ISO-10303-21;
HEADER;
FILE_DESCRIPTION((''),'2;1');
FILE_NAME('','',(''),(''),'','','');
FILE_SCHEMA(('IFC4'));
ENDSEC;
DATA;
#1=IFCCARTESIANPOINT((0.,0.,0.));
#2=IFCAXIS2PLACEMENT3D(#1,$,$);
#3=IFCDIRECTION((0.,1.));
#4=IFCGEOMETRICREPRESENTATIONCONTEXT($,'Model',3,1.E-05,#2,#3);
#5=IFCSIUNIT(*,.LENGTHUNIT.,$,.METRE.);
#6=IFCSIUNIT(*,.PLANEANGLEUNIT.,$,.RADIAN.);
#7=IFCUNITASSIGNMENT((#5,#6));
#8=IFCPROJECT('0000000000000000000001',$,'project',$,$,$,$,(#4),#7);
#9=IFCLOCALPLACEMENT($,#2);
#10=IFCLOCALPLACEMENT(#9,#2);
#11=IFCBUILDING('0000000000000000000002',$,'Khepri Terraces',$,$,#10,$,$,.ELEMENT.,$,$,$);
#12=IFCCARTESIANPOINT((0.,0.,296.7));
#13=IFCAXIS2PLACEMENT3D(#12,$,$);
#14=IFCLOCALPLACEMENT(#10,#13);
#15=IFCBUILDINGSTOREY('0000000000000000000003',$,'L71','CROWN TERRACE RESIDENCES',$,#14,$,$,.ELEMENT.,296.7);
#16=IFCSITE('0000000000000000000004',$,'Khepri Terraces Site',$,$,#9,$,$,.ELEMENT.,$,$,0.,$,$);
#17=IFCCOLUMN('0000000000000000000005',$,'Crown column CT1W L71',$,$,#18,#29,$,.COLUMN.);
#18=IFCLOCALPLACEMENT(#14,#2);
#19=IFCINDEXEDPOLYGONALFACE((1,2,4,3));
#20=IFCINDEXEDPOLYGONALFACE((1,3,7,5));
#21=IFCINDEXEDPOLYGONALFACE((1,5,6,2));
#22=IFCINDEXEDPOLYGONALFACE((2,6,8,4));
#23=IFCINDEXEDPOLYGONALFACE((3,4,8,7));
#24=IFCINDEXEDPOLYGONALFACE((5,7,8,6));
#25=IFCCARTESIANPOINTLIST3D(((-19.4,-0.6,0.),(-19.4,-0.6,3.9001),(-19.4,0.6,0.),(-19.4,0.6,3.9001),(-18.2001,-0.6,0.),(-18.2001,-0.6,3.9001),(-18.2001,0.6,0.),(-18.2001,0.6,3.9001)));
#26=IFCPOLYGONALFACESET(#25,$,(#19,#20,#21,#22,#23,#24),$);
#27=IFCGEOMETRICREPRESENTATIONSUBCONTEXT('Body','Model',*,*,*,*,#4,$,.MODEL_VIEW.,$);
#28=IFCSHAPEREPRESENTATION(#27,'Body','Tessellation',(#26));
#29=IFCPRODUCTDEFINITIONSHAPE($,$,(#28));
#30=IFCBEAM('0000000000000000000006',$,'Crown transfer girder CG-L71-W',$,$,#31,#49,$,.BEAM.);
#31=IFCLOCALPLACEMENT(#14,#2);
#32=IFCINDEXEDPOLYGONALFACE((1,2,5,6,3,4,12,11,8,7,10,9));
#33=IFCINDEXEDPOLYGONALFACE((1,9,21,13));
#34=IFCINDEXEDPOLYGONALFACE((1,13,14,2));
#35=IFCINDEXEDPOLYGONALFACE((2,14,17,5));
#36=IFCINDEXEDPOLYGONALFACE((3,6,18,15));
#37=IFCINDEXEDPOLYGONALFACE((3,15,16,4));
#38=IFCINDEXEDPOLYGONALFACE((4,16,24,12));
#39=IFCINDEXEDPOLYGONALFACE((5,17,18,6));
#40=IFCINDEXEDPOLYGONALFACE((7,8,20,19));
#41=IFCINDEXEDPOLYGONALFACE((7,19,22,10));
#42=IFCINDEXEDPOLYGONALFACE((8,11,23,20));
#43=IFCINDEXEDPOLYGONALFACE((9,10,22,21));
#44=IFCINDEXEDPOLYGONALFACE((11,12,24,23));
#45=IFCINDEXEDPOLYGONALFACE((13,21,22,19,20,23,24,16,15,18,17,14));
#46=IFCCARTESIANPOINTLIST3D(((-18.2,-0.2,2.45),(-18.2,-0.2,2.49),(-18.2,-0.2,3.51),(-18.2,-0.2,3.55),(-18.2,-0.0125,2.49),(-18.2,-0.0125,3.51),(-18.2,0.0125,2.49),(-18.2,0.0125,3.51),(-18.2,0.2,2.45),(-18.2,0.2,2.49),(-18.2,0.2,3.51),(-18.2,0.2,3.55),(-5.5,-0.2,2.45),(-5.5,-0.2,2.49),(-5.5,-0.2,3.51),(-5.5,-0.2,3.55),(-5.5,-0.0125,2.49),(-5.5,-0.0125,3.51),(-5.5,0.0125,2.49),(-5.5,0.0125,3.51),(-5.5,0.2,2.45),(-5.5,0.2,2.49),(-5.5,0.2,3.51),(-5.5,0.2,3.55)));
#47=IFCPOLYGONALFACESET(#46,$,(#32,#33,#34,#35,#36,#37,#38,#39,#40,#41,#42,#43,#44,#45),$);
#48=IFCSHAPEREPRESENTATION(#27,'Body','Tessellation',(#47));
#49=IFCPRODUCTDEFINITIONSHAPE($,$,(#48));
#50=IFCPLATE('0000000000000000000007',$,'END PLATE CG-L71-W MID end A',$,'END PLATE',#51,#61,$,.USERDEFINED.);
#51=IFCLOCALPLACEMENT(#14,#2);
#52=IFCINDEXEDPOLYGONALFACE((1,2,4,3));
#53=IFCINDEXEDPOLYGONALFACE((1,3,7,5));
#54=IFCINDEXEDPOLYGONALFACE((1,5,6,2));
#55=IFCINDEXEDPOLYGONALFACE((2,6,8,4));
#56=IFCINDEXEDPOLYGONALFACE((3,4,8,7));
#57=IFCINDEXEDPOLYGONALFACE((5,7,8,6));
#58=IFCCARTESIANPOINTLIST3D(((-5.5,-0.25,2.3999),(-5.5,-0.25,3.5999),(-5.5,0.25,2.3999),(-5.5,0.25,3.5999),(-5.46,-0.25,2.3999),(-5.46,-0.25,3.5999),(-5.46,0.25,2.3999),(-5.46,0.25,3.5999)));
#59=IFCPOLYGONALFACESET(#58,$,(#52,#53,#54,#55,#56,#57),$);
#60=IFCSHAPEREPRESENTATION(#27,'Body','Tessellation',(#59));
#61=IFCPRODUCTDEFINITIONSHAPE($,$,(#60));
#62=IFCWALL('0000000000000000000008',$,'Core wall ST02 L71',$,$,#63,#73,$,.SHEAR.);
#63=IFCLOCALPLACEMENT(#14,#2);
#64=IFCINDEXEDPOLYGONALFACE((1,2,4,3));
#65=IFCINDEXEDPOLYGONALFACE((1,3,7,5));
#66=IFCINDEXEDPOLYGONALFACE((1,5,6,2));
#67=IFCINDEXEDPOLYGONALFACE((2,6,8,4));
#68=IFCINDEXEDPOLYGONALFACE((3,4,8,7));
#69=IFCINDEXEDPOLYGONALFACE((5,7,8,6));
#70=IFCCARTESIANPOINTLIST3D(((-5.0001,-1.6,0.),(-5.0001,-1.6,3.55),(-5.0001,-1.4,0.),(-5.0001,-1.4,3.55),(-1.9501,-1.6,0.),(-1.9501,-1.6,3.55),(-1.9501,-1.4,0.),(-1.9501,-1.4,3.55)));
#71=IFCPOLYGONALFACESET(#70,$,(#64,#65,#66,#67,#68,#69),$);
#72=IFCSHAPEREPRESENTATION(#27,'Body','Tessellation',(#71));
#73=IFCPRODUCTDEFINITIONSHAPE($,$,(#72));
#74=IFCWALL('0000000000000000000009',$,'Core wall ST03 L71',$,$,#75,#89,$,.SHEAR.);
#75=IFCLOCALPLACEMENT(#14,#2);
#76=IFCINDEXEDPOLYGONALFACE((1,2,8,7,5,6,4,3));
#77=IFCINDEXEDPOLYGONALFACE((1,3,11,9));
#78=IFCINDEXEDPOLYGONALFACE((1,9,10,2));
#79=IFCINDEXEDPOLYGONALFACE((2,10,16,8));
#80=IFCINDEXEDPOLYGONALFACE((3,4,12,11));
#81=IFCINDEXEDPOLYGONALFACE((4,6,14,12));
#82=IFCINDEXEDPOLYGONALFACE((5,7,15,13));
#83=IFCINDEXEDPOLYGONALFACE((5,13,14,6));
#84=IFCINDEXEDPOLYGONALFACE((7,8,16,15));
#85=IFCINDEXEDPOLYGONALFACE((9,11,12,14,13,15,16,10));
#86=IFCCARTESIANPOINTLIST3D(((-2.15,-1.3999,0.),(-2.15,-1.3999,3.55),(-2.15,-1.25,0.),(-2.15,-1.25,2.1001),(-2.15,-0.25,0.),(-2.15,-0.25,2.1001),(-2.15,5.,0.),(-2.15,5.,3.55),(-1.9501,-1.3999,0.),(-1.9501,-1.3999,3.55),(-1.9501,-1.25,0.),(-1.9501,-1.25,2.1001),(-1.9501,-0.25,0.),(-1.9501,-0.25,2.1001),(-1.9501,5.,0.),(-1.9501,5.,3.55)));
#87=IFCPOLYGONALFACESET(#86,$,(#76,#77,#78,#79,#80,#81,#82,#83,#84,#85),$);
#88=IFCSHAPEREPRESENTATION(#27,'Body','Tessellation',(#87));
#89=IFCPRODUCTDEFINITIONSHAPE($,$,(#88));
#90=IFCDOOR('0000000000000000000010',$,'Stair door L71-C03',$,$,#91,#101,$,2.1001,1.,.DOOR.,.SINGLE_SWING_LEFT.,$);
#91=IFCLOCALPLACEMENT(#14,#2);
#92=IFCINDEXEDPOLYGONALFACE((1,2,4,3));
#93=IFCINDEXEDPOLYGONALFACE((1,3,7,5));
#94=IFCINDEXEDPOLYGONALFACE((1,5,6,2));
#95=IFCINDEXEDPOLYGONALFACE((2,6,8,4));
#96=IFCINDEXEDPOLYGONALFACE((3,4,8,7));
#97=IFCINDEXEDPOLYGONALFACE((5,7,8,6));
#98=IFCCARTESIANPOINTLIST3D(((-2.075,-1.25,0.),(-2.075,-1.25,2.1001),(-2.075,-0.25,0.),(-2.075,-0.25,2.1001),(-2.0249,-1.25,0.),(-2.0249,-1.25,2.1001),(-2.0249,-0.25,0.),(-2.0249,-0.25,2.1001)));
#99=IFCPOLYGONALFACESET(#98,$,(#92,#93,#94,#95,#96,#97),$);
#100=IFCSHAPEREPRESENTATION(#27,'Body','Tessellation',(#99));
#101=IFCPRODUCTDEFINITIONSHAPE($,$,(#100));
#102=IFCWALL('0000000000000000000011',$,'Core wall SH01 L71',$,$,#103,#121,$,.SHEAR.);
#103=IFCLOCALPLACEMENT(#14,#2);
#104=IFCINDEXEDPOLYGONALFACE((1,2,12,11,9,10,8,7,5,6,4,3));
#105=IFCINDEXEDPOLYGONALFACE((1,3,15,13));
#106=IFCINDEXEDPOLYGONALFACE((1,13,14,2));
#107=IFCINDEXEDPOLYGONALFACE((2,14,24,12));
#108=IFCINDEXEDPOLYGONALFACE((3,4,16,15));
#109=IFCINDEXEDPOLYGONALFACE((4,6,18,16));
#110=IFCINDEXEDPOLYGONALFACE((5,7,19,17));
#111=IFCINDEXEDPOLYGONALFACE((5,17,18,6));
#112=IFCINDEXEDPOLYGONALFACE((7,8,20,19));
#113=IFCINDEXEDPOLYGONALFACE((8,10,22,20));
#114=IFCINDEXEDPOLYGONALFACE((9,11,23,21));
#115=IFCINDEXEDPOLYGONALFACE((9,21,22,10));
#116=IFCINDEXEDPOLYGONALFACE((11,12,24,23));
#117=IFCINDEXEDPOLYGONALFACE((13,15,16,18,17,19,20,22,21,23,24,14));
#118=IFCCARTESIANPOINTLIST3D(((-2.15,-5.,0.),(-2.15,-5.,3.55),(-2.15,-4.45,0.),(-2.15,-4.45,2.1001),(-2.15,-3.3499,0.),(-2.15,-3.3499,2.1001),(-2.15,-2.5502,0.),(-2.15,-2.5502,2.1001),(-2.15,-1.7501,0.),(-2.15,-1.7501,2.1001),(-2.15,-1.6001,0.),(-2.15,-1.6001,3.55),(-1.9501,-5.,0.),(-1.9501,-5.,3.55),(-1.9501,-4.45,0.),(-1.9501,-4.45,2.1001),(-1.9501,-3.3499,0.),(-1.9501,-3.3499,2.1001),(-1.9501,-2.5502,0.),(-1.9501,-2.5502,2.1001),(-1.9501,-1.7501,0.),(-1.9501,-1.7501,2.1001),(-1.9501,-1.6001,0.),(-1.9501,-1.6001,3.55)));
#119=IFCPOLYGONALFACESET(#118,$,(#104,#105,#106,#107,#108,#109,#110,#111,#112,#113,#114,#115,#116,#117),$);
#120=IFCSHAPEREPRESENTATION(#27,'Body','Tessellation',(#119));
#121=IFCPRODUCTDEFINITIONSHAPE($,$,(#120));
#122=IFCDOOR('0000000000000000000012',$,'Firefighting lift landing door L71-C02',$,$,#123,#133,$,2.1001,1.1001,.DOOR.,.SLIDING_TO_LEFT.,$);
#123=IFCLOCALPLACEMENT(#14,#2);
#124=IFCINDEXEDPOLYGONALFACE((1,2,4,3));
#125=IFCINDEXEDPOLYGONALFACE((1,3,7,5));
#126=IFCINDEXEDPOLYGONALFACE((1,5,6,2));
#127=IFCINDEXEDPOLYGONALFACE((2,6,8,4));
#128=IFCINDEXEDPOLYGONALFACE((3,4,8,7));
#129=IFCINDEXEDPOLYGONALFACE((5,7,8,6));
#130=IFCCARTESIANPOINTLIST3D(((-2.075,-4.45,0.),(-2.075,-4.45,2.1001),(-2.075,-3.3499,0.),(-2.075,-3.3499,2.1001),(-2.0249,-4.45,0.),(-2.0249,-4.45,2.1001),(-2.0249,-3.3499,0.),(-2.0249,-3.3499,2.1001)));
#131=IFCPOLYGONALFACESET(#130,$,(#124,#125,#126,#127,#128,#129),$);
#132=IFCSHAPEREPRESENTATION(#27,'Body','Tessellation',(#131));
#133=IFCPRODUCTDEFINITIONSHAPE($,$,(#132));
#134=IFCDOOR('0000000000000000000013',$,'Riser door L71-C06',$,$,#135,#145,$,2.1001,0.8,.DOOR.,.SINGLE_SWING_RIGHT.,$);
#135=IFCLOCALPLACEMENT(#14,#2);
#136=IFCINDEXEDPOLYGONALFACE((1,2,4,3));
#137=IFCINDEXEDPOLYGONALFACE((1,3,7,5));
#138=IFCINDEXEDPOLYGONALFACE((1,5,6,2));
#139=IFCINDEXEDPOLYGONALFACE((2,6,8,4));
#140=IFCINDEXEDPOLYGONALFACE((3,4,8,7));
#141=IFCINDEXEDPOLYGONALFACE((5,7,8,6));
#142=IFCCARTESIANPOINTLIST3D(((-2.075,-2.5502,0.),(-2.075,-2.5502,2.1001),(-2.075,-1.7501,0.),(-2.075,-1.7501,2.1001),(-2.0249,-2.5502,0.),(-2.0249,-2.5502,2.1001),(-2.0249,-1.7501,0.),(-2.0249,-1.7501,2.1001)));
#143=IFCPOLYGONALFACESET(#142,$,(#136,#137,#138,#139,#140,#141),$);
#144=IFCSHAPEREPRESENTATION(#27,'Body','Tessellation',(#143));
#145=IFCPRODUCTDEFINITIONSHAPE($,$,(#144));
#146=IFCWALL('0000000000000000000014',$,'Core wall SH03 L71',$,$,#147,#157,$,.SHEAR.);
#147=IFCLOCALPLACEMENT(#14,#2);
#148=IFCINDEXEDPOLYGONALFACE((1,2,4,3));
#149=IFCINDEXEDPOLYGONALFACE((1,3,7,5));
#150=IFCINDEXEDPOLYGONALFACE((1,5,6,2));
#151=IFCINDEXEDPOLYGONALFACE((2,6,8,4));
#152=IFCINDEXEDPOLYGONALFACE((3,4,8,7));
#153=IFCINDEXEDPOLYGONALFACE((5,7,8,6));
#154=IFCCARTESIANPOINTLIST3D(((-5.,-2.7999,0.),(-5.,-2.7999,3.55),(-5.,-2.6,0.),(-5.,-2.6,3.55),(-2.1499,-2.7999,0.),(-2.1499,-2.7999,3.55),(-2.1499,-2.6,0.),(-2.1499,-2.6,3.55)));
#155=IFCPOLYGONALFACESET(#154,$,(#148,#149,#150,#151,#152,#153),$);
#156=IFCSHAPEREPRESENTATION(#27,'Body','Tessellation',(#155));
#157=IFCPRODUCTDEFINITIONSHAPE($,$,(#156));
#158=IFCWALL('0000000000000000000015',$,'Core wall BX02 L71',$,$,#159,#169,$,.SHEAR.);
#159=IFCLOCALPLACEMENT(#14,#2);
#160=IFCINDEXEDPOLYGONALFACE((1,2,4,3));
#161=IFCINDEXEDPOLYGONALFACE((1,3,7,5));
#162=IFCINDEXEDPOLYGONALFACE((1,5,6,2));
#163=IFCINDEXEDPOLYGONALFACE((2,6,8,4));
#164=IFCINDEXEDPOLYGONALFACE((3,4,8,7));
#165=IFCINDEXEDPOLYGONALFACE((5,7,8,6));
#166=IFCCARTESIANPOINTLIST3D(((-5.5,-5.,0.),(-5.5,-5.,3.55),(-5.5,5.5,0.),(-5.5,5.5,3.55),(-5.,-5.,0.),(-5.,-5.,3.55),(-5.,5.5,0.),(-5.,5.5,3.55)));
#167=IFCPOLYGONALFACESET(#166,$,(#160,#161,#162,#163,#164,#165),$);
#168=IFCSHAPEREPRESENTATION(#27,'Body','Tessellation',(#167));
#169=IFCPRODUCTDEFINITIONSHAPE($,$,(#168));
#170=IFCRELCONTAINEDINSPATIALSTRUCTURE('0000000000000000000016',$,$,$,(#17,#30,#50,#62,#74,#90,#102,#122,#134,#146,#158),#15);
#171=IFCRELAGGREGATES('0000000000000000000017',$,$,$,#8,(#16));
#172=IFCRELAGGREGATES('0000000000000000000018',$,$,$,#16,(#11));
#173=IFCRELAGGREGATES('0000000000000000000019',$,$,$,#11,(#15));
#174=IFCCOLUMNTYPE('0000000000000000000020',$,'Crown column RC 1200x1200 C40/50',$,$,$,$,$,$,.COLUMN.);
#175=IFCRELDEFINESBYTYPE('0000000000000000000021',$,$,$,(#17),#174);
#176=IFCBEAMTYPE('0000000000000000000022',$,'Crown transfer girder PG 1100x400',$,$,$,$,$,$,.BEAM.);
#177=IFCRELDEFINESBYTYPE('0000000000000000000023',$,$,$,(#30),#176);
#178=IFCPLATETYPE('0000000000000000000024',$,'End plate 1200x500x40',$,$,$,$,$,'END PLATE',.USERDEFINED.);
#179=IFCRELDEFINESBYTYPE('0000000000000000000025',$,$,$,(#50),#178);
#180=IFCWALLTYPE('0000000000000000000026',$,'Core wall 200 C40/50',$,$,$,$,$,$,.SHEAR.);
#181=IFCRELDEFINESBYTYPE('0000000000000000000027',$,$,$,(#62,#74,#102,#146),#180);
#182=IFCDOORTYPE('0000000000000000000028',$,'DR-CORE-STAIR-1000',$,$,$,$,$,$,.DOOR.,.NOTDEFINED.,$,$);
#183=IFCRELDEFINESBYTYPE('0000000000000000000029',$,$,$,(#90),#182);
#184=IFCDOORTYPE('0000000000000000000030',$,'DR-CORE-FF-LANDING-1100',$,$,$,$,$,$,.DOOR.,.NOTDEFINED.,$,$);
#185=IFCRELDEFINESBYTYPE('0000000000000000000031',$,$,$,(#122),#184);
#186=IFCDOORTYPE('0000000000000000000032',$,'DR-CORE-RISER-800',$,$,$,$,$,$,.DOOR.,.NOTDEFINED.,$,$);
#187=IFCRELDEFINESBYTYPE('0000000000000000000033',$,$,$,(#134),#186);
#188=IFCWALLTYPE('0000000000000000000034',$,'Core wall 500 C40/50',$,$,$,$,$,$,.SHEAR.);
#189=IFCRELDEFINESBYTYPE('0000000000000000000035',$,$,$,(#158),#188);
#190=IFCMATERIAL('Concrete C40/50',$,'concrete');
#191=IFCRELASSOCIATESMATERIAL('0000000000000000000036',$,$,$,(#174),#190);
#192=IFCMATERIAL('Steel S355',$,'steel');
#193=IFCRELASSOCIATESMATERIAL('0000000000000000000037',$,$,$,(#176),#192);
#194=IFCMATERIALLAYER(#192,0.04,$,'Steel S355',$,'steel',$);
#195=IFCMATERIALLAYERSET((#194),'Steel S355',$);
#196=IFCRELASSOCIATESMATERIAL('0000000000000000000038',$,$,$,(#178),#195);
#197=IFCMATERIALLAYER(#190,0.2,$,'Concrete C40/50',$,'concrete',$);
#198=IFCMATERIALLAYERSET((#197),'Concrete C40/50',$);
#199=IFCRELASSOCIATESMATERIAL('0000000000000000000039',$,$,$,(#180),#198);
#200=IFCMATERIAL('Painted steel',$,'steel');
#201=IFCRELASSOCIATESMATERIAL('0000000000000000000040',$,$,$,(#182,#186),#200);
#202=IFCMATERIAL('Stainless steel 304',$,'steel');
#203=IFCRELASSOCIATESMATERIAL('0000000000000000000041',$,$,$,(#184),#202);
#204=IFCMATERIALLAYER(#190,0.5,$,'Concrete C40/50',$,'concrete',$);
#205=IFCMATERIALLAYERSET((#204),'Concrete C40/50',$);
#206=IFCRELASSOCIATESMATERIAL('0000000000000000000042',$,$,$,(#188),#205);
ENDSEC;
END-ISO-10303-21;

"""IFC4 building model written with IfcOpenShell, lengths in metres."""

from ifc_helpers import new_model, si_unit, direction, frame, frame_2d, origin, origin_2d, place, context, subcontext, project, spatial, rectangle, i_section, extrude, material, layer, layer_set, material_profile, profile_set, type_object, element, fill, save


model = new_model("IFC4")

# Units and contexts
model_context = context("Model", 3, precision=1e-05, world=origin(), true_north=direction((0.0, 1.0)))
body_context = subcontext(model_context, "Body", "Model", "MODEL_VIEW")
ifc_project = project(units=[si_unit("LENGTHUNIT", "METRE"), si_unit("PLANEANGLEUNIT", "RADIAN")], contexts=[model_context])

# Site, building, storey
site_placement = place(None, origin())
site = spatial("IfcSite", under=ifc_project, at=site_placement, Name="Khepri Terraces Site", CompositionType="ELEMENT", RefElevation=0.0)
building_placement = place(site_placement, origin())
building = spatial("IfcBuilding", under=site, at=building_placement, Name="Khepri Terraces", CompositionType="ELEMENT")
storey_placement = place(building_placement, frame((0.0, 0.0, 296.7)))
storey = spatial("IfcBuildingStorey", under=building, at=storey_placement, Name="L71", Description="CROWN TERRACE RESIDENCES", CompositionType="ELEMENT", Elevation=296.7)

# Column
ifc_material_1 = material(Name="Concrete C40/50", Category="concrete")
ifc_material_profile_1 = material_profile(ifc_material_1, rectangle(XDim=1.2, YDim=1.2, at=origin_2d()), Name="Concrete C40/50", Category="concrete")
ifc_profile_set_1 = profile_set([ifc_material_profile_1], Name="Concrete C40/50")
column_type = type_object("IfcColumnType", Name="Crown column RC 1200x1200 C40/50", PredefinedType="COLUMN", material=ifc_profile_set_1)
column_placement = place(storey_placement, frame((-18.8, 0.0, 0.0), z_axis=(0.0, 0.0, 1.0), x_axis=(1.0, 0.0, 0.0)))
element("IfcColumn", 1, at=column_placement, inside=storey, type_object=column_type, Name="Crown column CT1W L71", PredefinedType="COLUMN", context=body_context, shape_type="SweptSolid", body=[
    extrude(rectangle(XDim=1.2, YDim=1.2, at=origin_2d()), origin(), (0.0, 0.0, 1.0), 3.9001),
])

# Beam
ifc_material_2 = material(Name="Steel S355", Category="steel")
ifc_material_profile_2 = material_profile(ifc_material_2, i_section(OverallWidth=0.3999, OverallDepth=1.1001, WebThickness=0.0249, FlangeThickness=0.04, at=origin_2d()), Name="Steel S355", Category="steel")
ifc_profile_set_2 = profile_set([ifc_material_profile_2], Name="Steel S355")
beam_type = type_object("IfcBeamType", Name="Crown transfer girder PG 1100x400", PredefinedType="BEAM", material=ifc_profile_set_2)
beam_placement = place(storey_placement, frame((-5.5, 0.0, 3.0), z_axis=(-1.0, 0.0, 0.0), x_axis=(0.0, -1.0, 0.0)))
element("IfcBeam", 2, at=beam_placement, inside=storey, type_object=beam_type, Name="Crown transfer girder CG-L71-W", PredefinedType="BEAM", context=body_context, shape_type="SweptSolid", body=[
    extrude(i_section(OverallWidth=0.3999, OverallDepth=1.1001, WebThickness=0.0249, FlangeThickness=0.04, at=origin_2d()), origin(), (0.0, 0.0, 1.0), 12.7),
])

# Plate
ifc_layer_1 = layer(ifc_material_2, 0.04, Name="Steel S355", Category="steel")
ifc_layer_set_1 = layer_set([ifc_layer_1], Name="Steel S355")
plate_type = type_object("IfcPlateType", Name="End plate 1200x500x40", ElementType="END PLATE", PredefinedType="USERDEFINED", material=ifc_layer_set_1)
plate_placement = place(storey_placement, frame((-5.48, 0.0, 2.3999), z_axis=(0.0, 0.0, 1.0), x_axis=(-1.0, 0.0, 0.0)))
element("IfcPlate", 3, at=plate_placement, inside=storey, type_object=plate_type, Name="END PLATE CG-L71-W MID end A", ObjectType="END PLATE", PredefinedType="USERDEFINED", context=body_context, shape_type="SweptSolid", body=[
    extrude(rectangle(XDim=0.04, YDim=0.5, at=origin_2d()), origin(), (0.0, 0.0, 1.0), 1.2),
])

# Wall
ifc_layer_2 = layer(ifc_material_1, 0.2, Name="Concrete C40/50", Category="concrete")
ifc_layer_set_2 = layer_set([ifc_layer_2], Name="Concrete C40/50")
wall_type_1 = type_object("IfcWallType", Name="Core wall 200 C40/50", PredefinedType="SHEAR", material=ifc_layer_set_2)
wall_1_placement = place(storey_placement, frame((-5.0, -1.5, 0.0), z_axis=(0.0, 0.0, 1.0), x_axis=(1.0, 0.0, 0.0)))
element("IfcWall", 4, at=wall_1_placement, inside=storey, type_object=wall_type_1, Name="Core wall ST02 L71", PredefinedType="SHEAR", context=body_context, shape_type="SweptSolid", body=[
    extrude(rectangle(XDim=3.05, YDim=0.2, at=frame_2d((1.5249, 0.0))), origin(), (0.0, 0.0, 1.0), 3.55),
])

# Wall, opening, door
wall_2_placement = place(storey_placement, frame((-2.05, -1.3999, 0.0), z_axis=(0.0, 0.0, 1.0), x_axis=(0.0, 1.0, 0.0)))
wall_2 = element("IfcWall", 5, at=wall_2_placement, inside=storey, type_object=wall_type_1, Name="Core wall ST03 L71", PredefinedType="SHEAR", context=body_context, shape_type="SweptSolid", body=[
    extrude(rectangle(XDim=6.3999, YDim=0.2, at=frame_2d((3.2, 0.0))), origin(), (0.0, 0.0, 1.0), 3.55),
])
opening_1_placement = place(wall_2_placement, frame((0.1499, 0.0, 0.0)))
opening_1 = element("IfcOpeningElement", 6, at=opening_1_placement, cuts=wall_2, PredefinedType="OPENING", context=body_context, shape_type="SweptSolid", body=[
    extrude(rectangle(XDim=1.0, YDim=2.1001, at=frame_2d((0.5, 1.05))), frame((0.0, 0.1099, 0.0), z_axis=(0.0, -1.0, 0.0), x_axis=(1.0, 0.0, 0.0)), (0.0, 0.0, 1.0), 0.22),
])
ifc_material_3 = material(Name="Painted steel", Category="steel")
door_type_1 = type_object("IfcDoorType", Name="DR-CORE-STAIR-1000", OperationType="NOTDEFINED", PredefinedType="DOOR", material=ifc_material_3)
door_1_placement = place(opening_1_placement, origin())
door_1 = element("IfcDoor", 7, at=door_1_placement, inside=storey, type_object=door_type_1, Name="Stair door L71-C03", OperationType="SINGLE_SWING_LEFT", OverallHeight=2.1001, OverallWidth=1.0, PredefinedType="DOOR", context=body_context, shape_type="SweptSolid", body=[
    extrude(rectangle(XDim=1.0, YDim=2.1001, at=frame_2d((0.5, 1.05))), frame((0.0, 0.0249, 0.0), z_axis=(0.0, -1.0, 0.0), x_axis=(1.0, 0.0, 0.0)), (0.0, 0.0, 1.0), 0.05),
])
fill(opening_1, door_1)

# Wall, openings, doors
wall_3_placement = place(storey_placement, frame((-2.05, -5.0, 0.0), z_axis=(0.0, 0.0, 1.0), x_axis=(0.0, 1.0, 0.0)))
wall_3 = element("IfcWall", 8, at=wall_3_placement, inside=storey, type_object=wall_type_1, Name="Core wall SH01 L71", PredefinedType="SHEAR", context=body_context, shape_type="SweptSolid", body=[
    extrude(rectangle(XDim=3.3999, YDim=0.2, at=frame_2d((1.7, 0.0))), origin(), (0.0, 0.0, 1.0), 3.55),
])
opening_2_placement = place(wall_3_placement, frame((0.55, 0.0, 0.0)))
opening_2 = element("IfcOpeningElement", 9, at=opening_2_placement, cuts=wall_3, PredefinedType="OPENING", context=body_context, shape_type="SweptSolid", body=[
    extrude(rectangle(XDim=1.1001, YDim=2.1001, at=frame_2d((0.55, 1.05))), frame((0.0, 0.1099, 0.0), z_axis=(0.0, -1.0, 0.0), x_axis=(1.0, 0.0, 0.0)), (0.0, 0.0, 1.0), 0.22),
])
opening_3_placement = place(wall_3_placement, frame((2.45, 0.0, 0.0)))
opening_3 = element("IfcOpeningElement", 10, at=opening_3_placement, cuts=wall_3, PredefinedType="OPENING", context=body_context, shape_type="SweptSolid", body=[
    extrude(rectangle(XDim=0.8, YDim=2.1001, at=frame_2d((0.3999, 1.05))), frame((0.0, 0.1099, 0.0), z_axis=(0.0, -1.0, 0.0), x_axis=(1.0, 0.0, 0.0)), (0.0, 0.0, 1.0), 0.22),
])
ifc_material_4 = material(Name="Stainless steel 304", Category="steel")
door_type_2 = type_object("IfcDoorType", Name="DR-CORE-FF-LANDING-1100", OperationType="NOTDEFINED", PredefinedType="DOOR", material=ifc_material_4)
door_2_placement = place(opening_2_placement, origin())
door_2 = element("IfcDoor", 11, at=door_2_placement, inside=storey, type_object=door_type_2, Name="Firefighting lift landing door L71-C02", OperationType="SLIDING_TO_LEFT", OverallHeight=2.1001, OverallWidth=1.1001, PredefinedType="DOOR", context=body_context, shape_type="SweptSolid", body=[
    extrude(rectangle(XDim=1.1001, YDim=2.1001, at=frame_2d((0.55, 1.05))), frame((0.0, 0.0249, 0.0), z_axis=(0.0, -1.0, 0.0), x_axis=(1.0, 0.0, 0.0)), (0.0, 0.0, 1.0), 0.05),
])
fill(opening_2, door_2)
door_type_3 = type_object("IfcDoorType", Name="DR-CORE-RISER-800", OperationType="NOTDEFINED", PredefinedType="DOOR", material=ifc_material_3)
door_3_placement = place(opening_3_placement, origin())
door_3 = element("IfcDoor", 12, at=door_3_placement, inside=storey, type_object=door_type_3, Name="Riser door L71-C06", OperationType="SINGLE_SWING_RIGHT", OverallHeight=2.1001, OverallWidth=0.8, PredefinedType="DOOR", context=body_context, shape_type="SweptSolid", body=[
    extrude(rectangle(XDim=0.8, YDim=2.1001, at=frame_2d((0.3999, 1.05))), frame((0.0, 0.0249, 0.0), z_axis=(0.0, -1.0, 0.0), x_axis=(1.0, 0.0, 0.0)), (0.0, 0.0, 1.0), 0.05),
])
fill(opening_3, door_3)

# Walls
wall_4_placement = place(storey_placement, frame((-5.0, -2.7, 0.0), z_axis=(0.0, 0.0, 1.0), x_axis=(1.0, 0.0, 0.0)))
element("IfcWall", 13, at=wall_4_placement, inside=storey, type_object=wall_type_1, Name="Core wall SH03 L71", PredefinedType="SHEAR", context=body_context, shape_type="SweptSolid", body=[
    extrude(rectangle(XDim=2.8501, YDim=0.2, at=frame_2d((1.425, 0.0))), origin(), (0.0, 0.0, 1.0), 3.55),
])
ifc_layer_3 = layer(ifc_material_1, 0.5, Name="Concrete C40/50", Category="concrete")
ifc_layer_set_3 = layer_set([ifc_layer_3], Name="Concrete C40/50")
wall_type_2 = type_object("IfcWallType", Name="Core wall 500 C40/50", PredefinedType="SHEAR", material=ifc_layer_set_3)
wall_5_placement = place(storey_placement, frame((-5.25, -5.0, 0.0), z_axis=(0.0, 0.0, 1.0), x_axis=(0.0, 1.0, 0.0)))
element("IfcWall", 14, at=wall_5_placement, inside=storey, type_object=wall_type_2, Name="Core wall BX02 L71", PredefinedType="SHEAR", context=body_context, shape_type="SweptSolid", body=[
    extrude(rectangle(XDim=10.5, YDim=0.5, at=frame_2d((5.25, 0.0))), origin(), (0.0, 0.0, 1.0), 3.55),
])

save(model, "model.ifc")
